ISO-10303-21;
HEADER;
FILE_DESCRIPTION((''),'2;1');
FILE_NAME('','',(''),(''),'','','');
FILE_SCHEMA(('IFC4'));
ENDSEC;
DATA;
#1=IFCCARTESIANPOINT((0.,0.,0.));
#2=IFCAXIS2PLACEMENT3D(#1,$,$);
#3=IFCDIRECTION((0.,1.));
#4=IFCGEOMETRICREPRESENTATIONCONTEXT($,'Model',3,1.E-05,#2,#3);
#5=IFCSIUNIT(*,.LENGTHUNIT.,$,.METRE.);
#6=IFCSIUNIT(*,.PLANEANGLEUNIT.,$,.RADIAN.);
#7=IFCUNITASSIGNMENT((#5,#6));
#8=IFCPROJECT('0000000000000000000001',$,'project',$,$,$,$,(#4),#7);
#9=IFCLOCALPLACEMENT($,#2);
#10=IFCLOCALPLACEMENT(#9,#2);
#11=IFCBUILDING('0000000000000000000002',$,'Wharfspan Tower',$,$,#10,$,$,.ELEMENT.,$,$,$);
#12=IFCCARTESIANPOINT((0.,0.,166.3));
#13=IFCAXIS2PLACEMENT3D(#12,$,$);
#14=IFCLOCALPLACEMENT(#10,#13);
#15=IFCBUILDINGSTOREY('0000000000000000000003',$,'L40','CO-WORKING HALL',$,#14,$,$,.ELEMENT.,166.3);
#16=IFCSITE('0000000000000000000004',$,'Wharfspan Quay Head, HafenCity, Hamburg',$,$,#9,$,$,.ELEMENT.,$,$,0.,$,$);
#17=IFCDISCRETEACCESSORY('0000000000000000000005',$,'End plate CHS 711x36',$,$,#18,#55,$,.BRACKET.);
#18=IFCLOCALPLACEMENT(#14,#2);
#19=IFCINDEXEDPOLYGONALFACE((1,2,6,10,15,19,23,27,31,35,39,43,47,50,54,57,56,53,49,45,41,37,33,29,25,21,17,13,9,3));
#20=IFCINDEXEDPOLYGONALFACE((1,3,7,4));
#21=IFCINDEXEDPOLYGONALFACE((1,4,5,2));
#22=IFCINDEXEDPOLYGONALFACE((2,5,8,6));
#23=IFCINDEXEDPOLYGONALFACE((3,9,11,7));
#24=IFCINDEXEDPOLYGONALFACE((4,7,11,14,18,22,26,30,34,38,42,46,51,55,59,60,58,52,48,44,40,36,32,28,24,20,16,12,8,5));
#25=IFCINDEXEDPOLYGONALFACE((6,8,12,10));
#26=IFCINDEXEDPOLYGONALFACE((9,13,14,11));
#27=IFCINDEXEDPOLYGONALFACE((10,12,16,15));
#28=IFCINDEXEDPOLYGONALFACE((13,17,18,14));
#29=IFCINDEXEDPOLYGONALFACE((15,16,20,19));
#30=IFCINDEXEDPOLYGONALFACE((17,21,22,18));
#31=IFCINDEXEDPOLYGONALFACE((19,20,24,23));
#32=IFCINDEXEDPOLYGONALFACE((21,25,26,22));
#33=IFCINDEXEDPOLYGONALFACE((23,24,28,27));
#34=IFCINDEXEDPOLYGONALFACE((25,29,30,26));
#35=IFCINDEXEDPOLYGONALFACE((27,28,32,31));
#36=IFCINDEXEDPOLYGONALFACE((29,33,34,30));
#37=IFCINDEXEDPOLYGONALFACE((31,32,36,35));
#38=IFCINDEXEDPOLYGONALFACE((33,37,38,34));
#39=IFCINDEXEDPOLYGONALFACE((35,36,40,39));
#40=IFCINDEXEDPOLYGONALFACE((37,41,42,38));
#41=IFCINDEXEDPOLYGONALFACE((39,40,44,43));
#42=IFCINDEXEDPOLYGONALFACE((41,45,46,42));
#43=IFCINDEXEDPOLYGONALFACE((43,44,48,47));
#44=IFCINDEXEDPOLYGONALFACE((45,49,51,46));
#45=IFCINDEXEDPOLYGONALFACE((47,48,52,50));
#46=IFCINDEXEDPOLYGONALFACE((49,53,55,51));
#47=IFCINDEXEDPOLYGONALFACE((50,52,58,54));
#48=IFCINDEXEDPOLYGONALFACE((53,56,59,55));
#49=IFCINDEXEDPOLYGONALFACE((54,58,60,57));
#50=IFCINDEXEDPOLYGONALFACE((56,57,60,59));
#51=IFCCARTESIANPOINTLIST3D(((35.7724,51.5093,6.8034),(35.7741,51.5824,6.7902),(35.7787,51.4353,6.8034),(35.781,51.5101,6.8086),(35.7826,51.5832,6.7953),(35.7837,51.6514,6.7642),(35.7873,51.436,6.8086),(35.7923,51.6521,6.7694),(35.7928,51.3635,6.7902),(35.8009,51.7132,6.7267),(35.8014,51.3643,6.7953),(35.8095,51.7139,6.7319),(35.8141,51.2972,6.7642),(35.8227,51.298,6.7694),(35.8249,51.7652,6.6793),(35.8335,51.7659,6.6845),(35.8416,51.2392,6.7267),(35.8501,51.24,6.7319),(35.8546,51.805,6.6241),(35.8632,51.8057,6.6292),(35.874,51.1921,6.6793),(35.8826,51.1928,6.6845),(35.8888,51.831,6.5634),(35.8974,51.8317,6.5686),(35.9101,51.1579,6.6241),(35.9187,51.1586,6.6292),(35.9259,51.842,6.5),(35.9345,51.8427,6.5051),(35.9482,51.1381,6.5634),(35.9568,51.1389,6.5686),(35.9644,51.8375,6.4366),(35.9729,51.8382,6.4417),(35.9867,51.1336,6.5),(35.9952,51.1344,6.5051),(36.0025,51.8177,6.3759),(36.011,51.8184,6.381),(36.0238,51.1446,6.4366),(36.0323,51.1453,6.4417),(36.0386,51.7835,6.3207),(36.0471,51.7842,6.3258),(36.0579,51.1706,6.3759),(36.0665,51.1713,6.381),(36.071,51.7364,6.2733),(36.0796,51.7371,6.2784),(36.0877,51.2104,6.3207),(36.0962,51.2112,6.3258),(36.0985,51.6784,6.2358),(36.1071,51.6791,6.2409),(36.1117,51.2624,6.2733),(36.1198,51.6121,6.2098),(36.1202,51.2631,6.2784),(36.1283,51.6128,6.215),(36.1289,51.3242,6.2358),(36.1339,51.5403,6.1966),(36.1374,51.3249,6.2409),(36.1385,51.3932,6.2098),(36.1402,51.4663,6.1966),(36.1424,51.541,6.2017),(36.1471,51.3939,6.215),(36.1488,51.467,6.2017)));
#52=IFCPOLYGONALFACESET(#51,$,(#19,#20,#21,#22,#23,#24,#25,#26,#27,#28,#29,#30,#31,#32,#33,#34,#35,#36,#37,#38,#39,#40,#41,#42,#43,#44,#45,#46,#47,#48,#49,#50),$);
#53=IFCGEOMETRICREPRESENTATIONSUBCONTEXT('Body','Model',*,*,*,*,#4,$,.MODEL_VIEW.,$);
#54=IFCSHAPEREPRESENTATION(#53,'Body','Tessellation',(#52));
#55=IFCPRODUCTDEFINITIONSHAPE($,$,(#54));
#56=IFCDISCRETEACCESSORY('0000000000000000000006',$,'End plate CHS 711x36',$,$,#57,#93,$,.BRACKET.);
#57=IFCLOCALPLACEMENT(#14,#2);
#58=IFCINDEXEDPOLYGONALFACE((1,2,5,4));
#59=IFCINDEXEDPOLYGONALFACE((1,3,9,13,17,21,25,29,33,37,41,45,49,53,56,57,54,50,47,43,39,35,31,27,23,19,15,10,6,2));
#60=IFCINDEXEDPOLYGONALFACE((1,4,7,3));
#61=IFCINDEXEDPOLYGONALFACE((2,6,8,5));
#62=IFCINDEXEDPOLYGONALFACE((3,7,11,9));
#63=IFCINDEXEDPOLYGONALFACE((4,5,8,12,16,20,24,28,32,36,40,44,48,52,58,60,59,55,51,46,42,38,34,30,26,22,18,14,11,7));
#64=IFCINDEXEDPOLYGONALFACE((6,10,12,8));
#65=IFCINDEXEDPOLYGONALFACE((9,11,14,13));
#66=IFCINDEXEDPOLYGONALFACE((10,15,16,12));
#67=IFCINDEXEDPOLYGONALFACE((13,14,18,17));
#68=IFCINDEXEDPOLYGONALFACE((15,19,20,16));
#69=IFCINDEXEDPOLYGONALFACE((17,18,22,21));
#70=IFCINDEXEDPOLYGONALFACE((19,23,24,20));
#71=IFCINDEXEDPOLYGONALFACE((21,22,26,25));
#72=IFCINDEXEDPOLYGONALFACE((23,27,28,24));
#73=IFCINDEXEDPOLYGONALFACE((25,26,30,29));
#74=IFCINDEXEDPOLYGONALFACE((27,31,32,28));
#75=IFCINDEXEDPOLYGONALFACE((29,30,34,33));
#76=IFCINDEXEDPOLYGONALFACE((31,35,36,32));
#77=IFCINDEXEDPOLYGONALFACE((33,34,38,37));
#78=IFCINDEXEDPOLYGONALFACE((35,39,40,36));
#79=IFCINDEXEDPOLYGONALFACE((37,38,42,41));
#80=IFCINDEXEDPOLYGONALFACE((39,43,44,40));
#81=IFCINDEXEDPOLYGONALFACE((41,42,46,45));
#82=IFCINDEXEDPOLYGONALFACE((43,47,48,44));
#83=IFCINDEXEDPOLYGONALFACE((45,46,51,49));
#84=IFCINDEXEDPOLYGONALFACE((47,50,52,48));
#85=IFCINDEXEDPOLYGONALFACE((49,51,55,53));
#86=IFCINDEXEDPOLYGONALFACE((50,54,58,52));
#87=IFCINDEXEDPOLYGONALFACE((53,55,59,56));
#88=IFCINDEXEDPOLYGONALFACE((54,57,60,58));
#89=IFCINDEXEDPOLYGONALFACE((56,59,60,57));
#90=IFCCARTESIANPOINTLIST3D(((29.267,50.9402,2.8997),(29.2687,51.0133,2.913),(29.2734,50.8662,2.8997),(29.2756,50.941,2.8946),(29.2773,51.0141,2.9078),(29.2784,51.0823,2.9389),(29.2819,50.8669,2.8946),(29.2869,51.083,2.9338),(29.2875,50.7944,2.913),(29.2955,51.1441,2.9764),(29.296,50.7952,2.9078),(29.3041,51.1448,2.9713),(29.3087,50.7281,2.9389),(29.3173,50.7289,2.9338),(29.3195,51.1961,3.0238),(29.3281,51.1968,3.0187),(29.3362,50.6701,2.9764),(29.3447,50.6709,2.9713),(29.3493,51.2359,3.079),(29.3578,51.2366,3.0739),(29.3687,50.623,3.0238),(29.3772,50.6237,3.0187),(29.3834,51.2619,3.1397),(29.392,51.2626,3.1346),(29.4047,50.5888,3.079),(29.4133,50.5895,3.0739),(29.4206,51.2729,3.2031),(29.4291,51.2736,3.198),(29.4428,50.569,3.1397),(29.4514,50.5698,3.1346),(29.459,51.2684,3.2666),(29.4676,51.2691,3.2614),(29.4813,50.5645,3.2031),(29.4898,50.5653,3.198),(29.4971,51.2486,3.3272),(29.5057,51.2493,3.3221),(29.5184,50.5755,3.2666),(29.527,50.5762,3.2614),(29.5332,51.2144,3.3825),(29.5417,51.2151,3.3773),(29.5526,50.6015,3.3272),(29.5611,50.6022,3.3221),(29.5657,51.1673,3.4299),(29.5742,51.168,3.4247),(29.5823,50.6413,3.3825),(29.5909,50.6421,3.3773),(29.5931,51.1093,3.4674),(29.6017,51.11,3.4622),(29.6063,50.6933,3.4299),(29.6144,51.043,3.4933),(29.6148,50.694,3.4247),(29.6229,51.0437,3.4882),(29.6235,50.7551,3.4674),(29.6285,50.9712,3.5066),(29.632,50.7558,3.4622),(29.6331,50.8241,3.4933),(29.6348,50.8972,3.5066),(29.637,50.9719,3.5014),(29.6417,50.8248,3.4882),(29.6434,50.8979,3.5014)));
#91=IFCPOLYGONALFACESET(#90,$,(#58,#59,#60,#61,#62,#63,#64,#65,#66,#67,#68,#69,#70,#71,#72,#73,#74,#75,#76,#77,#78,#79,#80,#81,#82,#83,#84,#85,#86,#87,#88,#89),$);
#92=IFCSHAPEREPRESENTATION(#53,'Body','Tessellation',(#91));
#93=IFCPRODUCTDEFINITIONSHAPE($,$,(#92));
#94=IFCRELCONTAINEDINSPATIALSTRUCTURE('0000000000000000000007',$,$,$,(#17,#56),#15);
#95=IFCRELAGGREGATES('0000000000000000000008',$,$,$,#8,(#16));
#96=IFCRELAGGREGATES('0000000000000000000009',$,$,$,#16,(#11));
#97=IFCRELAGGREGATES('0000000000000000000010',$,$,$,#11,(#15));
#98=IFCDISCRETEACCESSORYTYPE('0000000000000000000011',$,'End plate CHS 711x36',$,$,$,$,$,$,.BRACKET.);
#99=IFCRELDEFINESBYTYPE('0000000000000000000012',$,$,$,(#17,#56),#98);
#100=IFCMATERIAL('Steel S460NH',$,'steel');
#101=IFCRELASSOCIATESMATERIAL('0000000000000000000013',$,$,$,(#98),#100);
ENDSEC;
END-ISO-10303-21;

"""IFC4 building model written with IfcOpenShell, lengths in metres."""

from ifc_helpers import new_model, si_unit, direction, frame, origin, origin_2d, place, context, subcontext, project, spatial, circle, extrude, material, material_profile, profile_set, type_object, element, save


model = new_model("IFC4")

# Units and contexts
model_context = context("Model", 3, precision=1e-05, world=origin(), true_north=direction((0.0, 1.0)))
body_context = subcontext(model_context, "Body", "Model", "MODEL_VIEW")
ifc_project = project(units=[si_unit("LENGTHUNIT", "METRE"), si_unit("PLANEANGLEUNIT", "RADIAN")], contexts=[model_context])

# Site, building, storey
site_placement = place(None, origin())
site = spatial("IfcSite", under=ifc_project, at=site_placement, Name="Wharfspan Quay Head, HafenCity, Hamburg", CompositionType="ELEMENT", RefElevation=0.0)
building_placement = place(site_placement, origin())
building = spatial("IfcBuilding", under=site, at=building_placement, Name="Wharfspan Tower", CompositionType="ELEMENT")
storey_placement = place(building_placement, frame((0.0, 0.0, 166.3)))
storey = spatial("IfcBuildingStorey", under=building, at=storey_placement, Name="L40", Description="CO-WORKING HALL", CompositionType="ELEMENT", Elevation=166.3)

# Shared definitions
ifc_material_1 = material(Name="Steel S460NH", Category="steel")

# Discrete accessories
ifc_material_profile_1 = material_profile(ifc_material_1, circle(Radius=0.3555, at=origin_2d()))
ifc_profile_set_1 = profile_set([ifc_material_profile_1], Name="Steel S460NH")
discrete_accessory_type = type_object("IfcDiscreteAccessoryType", Name="End plate CHS 711x36", PredefinedType="BRACKET", material=ifc_profile_set_1)
for number, where, z_axis, x_axis, name in (
    (1, (35.9563, 51.4878, 6.5), (0.855186, 0.073302, 0.513112), (-0.085402, 0.996345, 0.000001), "End plate CHS 711x36"),
    (2, (29.4595, 50.9194, 3.198), (-0.855186, -0.073302, 0.513112), (0.085402, -0.996345, 0.000001), "End plate CHS 711x36"),
):
    element("IfcDiscreteAccessory", number, at=place(storey_placement, frame(where, z_axis=z_axis, x_axis=x_axis)), inside=storey, type_object=discrete_accessory_type, Name=name, PredefinedType="BRACKET", context=body_context, shape_type="SweptSolid", body=[
        extrude(circle(Radius=0.3555, at=origin_2d()), origin(), (0.0, 0.0, 1.0), 0.01),
    ])

save(model, "model.ifc")
